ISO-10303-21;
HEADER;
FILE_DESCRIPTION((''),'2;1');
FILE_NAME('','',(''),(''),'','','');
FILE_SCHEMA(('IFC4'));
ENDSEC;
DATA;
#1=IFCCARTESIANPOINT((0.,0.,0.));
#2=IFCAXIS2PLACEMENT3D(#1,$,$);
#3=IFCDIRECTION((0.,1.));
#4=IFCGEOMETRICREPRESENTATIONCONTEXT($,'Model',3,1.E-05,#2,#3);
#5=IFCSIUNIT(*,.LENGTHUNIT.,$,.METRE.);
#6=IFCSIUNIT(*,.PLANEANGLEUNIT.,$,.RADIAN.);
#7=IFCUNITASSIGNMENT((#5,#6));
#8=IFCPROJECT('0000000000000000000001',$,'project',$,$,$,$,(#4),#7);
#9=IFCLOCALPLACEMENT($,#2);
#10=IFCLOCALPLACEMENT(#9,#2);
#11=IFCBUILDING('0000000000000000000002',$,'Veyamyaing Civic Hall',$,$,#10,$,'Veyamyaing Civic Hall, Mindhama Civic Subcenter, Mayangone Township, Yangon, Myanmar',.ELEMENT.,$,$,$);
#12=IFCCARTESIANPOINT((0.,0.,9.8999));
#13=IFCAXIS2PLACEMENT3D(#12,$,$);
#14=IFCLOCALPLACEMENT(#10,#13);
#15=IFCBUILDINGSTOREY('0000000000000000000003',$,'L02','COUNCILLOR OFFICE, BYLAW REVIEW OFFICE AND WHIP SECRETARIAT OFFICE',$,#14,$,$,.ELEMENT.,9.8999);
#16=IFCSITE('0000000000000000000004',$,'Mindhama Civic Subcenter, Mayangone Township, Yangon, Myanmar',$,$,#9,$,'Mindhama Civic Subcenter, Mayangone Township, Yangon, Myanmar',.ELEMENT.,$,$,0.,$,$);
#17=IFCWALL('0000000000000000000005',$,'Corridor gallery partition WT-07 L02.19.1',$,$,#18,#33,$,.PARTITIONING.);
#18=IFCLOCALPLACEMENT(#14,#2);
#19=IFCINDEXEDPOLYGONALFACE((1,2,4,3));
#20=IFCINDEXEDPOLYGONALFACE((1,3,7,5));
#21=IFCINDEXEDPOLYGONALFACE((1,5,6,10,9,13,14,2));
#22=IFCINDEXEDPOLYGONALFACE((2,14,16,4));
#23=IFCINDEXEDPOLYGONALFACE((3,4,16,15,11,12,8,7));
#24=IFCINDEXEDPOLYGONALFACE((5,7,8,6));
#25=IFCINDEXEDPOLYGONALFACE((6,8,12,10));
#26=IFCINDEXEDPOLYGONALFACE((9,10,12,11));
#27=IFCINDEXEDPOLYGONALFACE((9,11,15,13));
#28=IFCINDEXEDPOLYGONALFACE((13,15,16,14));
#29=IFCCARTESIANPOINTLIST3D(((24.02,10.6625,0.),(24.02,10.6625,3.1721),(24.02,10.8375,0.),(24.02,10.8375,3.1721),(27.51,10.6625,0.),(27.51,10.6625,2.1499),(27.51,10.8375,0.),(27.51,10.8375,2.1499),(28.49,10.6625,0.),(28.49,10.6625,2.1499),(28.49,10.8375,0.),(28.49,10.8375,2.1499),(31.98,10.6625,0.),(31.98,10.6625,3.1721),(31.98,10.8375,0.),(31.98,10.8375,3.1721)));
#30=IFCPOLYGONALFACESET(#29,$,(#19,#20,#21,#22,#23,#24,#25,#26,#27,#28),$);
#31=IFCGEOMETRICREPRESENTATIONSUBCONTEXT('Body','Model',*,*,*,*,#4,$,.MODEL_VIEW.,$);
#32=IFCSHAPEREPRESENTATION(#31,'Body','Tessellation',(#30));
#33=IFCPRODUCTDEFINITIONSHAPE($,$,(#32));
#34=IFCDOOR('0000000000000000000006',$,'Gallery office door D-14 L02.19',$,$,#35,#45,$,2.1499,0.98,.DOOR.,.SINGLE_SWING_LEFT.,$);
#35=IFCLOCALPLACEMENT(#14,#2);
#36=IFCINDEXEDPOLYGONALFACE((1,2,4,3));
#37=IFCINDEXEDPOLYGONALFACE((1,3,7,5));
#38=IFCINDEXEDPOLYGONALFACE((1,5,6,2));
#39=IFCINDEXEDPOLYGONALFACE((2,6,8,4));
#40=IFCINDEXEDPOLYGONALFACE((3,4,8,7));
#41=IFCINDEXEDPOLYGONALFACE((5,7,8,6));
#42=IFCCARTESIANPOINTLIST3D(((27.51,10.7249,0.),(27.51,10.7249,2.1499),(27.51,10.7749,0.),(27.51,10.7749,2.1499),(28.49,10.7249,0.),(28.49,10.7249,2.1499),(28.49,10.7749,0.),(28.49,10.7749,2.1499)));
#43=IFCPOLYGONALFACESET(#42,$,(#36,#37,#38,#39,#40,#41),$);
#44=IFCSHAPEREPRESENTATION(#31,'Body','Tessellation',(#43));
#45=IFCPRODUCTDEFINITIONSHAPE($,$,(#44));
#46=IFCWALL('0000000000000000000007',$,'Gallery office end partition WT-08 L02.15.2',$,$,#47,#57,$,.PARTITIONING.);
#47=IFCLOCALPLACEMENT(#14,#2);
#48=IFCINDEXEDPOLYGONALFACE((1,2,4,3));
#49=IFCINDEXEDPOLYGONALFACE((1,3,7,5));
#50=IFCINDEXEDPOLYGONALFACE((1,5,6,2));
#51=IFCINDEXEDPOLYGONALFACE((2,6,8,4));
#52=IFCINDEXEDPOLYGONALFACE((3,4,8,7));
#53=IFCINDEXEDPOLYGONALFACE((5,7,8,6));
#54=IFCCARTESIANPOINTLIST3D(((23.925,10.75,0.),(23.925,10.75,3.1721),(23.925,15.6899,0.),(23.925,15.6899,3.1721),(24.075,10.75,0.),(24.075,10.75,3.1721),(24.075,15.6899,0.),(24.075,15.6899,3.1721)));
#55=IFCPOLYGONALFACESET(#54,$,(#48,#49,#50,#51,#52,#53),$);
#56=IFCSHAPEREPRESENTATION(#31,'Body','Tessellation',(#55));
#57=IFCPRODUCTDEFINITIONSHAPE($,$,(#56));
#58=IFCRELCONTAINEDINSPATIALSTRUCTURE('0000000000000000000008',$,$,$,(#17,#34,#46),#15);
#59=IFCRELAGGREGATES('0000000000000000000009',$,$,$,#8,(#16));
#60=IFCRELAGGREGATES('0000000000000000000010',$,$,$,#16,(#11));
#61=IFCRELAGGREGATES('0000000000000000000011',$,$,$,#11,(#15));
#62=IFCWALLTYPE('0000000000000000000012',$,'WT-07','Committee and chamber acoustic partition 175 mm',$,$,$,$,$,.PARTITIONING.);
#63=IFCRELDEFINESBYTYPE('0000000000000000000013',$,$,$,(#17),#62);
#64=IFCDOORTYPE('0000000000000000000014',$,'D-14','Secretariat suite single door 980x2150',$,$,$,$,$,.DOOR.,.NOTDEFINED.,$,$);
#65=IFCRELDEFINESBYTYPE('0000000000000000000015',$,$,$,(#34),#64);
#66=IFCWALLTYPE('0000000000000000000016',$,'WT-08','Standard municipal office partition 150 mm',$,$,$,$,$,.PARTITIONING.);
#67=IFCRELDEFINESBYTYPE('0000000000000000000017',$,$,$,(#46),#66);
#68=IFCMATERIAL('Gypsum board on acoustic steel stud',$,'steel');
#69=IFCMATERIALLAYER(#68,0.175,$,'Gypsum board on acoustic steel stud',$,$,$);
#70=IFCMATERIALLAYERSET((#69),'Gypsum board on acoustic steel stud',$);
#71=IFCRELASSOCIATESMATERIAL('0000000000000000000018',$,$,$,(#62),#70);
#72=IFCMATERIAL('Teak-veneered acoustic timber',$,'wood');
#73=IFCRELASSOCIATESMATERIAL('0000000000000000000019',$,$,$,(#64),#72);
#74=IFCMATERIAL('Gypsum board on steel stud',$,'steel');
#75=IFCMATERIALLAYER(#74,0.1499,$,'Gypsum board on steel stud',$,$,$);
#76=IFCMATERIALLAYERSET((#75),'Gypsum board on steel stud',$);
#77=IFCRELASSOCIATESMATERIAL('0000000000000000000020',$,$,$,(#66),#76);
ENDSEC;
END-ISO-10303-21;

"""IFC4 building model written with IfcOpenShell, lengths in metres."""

from ifc_helpers import new_model, si_unit, direction, frame, frame_2d, origin, place, context, subcontext, project, spatial, rectangle, extrude, material, layer, layer_set, type_object, element, fill, save


model = new_model("IFC4")

# Units and contexts
model_context = context("Model", 3, precision=1e-05, world=origin(), true_north=direction((0.0, 1.0)))
body_context = subcontext(model_context, "Body", "Model", "MODEL_VIEW")
ifc_project = project(units=[si_unit("LENGTHUNIT", "METRE"), si_unit("PLANEANGLEUNIT", "RADIAN")], contexts=[model_context])

# Site, building, storey
site_placement = place(None, origin())
site = spatial("IfcSite", under=ifc_project, at=site_placement, Name="Mindhama Civic Subcenter, Mayangone Township, Yangon, Myanmar", LongName="Mindhama Civic Subcenter, Mayangone Township, Yangon, Myanmar", CompositionType="ELEMENT", RefElevation=0.0)
building_placement = place(site_placement, origin())
building = spatial("IfcBuilding", under=site, at=building_placement, Name="Veyamyaing Civic Hall", LongName="Veyamyaing Civic Hall, Mindhama Civic Subcenter, Mayangone Township, Yangon, Myanmar", CompositionType="ELEMENT")
storey_placement = place(building_placement, frame((0.0, 0.0, 9.8999)))
storey = spatial("IfcBuildingStorey", under=building, at=storey_placement, Name="L02", Description="COUNCILLOR OFFICE, BYLAW REVIEW OFFICE AND WHIP SECRETARIAT OFFICE", CompositionType="ELEMENT", Elevation=9.8999)

# Wall, opening, door
ifc_material_1 = material(Name="Gypsum board on acoustic steel stud", Category="steel")
ifc_layer_1 = layer(ifc_material_1, 0.175, Name="Gypsum board on acoustic steel stud")
ifc_layer_set_1 = layer_set([ifc_layer_1], Name="Gypsum board on acoustic steel stud")
wall_type_1 = type_object("IfcWallType", Name="WT-07", Description="Committee and chamber acoustic partition 175 mm", PredefinedType="PARTITIONING", material=ifc_layer_set_1)
wall_1_placement = place(storey_placement, frame((24.02, 10.75, 0.0), z_axis=(0.0, 0.0, 1.0), x_axis=(1.0, 0.0, 0.0)))
wall_1 = element("IfcWall", 1, at=wall_1_placement, inside=storey, type_object=wall_type_1, Name="Corridor gallery partition WT-07 L02.19.1", PredefinedType="PARTITIONING", context=body_context, shape_type="SweptSolid", body=[
    extrude(rectangle(XDim=7.96, YDim=0.175, at=frame_2d((3.98, 0.0))), origin(), (0.0, 0.0, 1.0), 3.1721),
])
opening_placement = place(wall_1_placement, frame((3.49, 0.0, 0.0)))
opening = element("IfcOpeningElement", 2, at=opening_placement, cuts=wall_1, PredefinedType="OPENING", context=body_context, shape_type="SweptSolid", body=[
    extrude(rectangle(XDim=0.98, YDim=2.1499, at=frame_2d((0.49, 1.075))), frame((0.0, 0.0974, 0.0), z_axis=(0.0, -1.0, 0.0), x_axis=(1.0, 0.0, 0.0)), (0.0, 0.0, 1.0), 0.1951),
])
ifc_material_2 = material(Name="Teak-veneered acoustic timber", Category="wood")
door_type = type_object("IfcDoorType", Name="D-14", Description="Secretariat suite single door 980x2150", OperationType="NOTDEFINED", PredefinedType="DOOR", material=ifc_material_2)
door_placement = place(opening_placement, origin())
door = element("IfcDoor", 3, at=door_placement, inside=storey, type_object=door_type, Name="Gallery office door D-14 L02.19", OperationType="SINGLE_SWING_LEFT", OverallHeight=2.1499, OverallWidth=0.98, PredefinedType="DOOR", context=body_context, shape_type="SweptSolid", body=[
    extrude(rectangle(XDim=0.98, YDim=2.1499, at=frame_2d((0.49, 1.075))), frame((0.0, 0.0249, 0.0), z_axis=(0.0, -1.0, 0.0), x_axis=(1.0, 0.0, 0.0)), (0.0, 0.0, 1.0), 0.05),
])
fill(opening, door)

# Wall
ifc_material_3 = material(Name="Gypsum board on steel stud", Category="steel")
ifc_layer_2 = layer(ifc_material_3, 0.1499, Name="Gypsum board on steel stud")
ifc_layer_set_2 = layer_set([ifc_layer_2], Name="Gypsum board on steel stud")
wall_type_2 = type_object("IfcWallType", Name="WT-08", Description="Standard municipal office partition 150 mm", PredefinedType="PARTITIONING", material=ifc_layer_set_2)
wall_2_placement = place(storey_placement, frame((24.0, 10.75, 0.0), z_axis=(0.0, 0.0, 1.0), x_axis=(0.0, 1.0, 0.0)))
element("IfcWall", 4, at=wall_2_placement, inside=storey, type_object=wall_type_2, Name="Gallery office end partition WT-08 L02.15.2", PredefinedType="PARTITIONING", context=body_context, shape_type="SweptSolid", body=[
    extrude(rectangle(XDim=4.9399, YDim=0.1499, at=frame_2d((2.47, 0.0))), origin(), (0.0, 0.0, 1.0), 3.1721),
])

save(model, "model.ifc")
